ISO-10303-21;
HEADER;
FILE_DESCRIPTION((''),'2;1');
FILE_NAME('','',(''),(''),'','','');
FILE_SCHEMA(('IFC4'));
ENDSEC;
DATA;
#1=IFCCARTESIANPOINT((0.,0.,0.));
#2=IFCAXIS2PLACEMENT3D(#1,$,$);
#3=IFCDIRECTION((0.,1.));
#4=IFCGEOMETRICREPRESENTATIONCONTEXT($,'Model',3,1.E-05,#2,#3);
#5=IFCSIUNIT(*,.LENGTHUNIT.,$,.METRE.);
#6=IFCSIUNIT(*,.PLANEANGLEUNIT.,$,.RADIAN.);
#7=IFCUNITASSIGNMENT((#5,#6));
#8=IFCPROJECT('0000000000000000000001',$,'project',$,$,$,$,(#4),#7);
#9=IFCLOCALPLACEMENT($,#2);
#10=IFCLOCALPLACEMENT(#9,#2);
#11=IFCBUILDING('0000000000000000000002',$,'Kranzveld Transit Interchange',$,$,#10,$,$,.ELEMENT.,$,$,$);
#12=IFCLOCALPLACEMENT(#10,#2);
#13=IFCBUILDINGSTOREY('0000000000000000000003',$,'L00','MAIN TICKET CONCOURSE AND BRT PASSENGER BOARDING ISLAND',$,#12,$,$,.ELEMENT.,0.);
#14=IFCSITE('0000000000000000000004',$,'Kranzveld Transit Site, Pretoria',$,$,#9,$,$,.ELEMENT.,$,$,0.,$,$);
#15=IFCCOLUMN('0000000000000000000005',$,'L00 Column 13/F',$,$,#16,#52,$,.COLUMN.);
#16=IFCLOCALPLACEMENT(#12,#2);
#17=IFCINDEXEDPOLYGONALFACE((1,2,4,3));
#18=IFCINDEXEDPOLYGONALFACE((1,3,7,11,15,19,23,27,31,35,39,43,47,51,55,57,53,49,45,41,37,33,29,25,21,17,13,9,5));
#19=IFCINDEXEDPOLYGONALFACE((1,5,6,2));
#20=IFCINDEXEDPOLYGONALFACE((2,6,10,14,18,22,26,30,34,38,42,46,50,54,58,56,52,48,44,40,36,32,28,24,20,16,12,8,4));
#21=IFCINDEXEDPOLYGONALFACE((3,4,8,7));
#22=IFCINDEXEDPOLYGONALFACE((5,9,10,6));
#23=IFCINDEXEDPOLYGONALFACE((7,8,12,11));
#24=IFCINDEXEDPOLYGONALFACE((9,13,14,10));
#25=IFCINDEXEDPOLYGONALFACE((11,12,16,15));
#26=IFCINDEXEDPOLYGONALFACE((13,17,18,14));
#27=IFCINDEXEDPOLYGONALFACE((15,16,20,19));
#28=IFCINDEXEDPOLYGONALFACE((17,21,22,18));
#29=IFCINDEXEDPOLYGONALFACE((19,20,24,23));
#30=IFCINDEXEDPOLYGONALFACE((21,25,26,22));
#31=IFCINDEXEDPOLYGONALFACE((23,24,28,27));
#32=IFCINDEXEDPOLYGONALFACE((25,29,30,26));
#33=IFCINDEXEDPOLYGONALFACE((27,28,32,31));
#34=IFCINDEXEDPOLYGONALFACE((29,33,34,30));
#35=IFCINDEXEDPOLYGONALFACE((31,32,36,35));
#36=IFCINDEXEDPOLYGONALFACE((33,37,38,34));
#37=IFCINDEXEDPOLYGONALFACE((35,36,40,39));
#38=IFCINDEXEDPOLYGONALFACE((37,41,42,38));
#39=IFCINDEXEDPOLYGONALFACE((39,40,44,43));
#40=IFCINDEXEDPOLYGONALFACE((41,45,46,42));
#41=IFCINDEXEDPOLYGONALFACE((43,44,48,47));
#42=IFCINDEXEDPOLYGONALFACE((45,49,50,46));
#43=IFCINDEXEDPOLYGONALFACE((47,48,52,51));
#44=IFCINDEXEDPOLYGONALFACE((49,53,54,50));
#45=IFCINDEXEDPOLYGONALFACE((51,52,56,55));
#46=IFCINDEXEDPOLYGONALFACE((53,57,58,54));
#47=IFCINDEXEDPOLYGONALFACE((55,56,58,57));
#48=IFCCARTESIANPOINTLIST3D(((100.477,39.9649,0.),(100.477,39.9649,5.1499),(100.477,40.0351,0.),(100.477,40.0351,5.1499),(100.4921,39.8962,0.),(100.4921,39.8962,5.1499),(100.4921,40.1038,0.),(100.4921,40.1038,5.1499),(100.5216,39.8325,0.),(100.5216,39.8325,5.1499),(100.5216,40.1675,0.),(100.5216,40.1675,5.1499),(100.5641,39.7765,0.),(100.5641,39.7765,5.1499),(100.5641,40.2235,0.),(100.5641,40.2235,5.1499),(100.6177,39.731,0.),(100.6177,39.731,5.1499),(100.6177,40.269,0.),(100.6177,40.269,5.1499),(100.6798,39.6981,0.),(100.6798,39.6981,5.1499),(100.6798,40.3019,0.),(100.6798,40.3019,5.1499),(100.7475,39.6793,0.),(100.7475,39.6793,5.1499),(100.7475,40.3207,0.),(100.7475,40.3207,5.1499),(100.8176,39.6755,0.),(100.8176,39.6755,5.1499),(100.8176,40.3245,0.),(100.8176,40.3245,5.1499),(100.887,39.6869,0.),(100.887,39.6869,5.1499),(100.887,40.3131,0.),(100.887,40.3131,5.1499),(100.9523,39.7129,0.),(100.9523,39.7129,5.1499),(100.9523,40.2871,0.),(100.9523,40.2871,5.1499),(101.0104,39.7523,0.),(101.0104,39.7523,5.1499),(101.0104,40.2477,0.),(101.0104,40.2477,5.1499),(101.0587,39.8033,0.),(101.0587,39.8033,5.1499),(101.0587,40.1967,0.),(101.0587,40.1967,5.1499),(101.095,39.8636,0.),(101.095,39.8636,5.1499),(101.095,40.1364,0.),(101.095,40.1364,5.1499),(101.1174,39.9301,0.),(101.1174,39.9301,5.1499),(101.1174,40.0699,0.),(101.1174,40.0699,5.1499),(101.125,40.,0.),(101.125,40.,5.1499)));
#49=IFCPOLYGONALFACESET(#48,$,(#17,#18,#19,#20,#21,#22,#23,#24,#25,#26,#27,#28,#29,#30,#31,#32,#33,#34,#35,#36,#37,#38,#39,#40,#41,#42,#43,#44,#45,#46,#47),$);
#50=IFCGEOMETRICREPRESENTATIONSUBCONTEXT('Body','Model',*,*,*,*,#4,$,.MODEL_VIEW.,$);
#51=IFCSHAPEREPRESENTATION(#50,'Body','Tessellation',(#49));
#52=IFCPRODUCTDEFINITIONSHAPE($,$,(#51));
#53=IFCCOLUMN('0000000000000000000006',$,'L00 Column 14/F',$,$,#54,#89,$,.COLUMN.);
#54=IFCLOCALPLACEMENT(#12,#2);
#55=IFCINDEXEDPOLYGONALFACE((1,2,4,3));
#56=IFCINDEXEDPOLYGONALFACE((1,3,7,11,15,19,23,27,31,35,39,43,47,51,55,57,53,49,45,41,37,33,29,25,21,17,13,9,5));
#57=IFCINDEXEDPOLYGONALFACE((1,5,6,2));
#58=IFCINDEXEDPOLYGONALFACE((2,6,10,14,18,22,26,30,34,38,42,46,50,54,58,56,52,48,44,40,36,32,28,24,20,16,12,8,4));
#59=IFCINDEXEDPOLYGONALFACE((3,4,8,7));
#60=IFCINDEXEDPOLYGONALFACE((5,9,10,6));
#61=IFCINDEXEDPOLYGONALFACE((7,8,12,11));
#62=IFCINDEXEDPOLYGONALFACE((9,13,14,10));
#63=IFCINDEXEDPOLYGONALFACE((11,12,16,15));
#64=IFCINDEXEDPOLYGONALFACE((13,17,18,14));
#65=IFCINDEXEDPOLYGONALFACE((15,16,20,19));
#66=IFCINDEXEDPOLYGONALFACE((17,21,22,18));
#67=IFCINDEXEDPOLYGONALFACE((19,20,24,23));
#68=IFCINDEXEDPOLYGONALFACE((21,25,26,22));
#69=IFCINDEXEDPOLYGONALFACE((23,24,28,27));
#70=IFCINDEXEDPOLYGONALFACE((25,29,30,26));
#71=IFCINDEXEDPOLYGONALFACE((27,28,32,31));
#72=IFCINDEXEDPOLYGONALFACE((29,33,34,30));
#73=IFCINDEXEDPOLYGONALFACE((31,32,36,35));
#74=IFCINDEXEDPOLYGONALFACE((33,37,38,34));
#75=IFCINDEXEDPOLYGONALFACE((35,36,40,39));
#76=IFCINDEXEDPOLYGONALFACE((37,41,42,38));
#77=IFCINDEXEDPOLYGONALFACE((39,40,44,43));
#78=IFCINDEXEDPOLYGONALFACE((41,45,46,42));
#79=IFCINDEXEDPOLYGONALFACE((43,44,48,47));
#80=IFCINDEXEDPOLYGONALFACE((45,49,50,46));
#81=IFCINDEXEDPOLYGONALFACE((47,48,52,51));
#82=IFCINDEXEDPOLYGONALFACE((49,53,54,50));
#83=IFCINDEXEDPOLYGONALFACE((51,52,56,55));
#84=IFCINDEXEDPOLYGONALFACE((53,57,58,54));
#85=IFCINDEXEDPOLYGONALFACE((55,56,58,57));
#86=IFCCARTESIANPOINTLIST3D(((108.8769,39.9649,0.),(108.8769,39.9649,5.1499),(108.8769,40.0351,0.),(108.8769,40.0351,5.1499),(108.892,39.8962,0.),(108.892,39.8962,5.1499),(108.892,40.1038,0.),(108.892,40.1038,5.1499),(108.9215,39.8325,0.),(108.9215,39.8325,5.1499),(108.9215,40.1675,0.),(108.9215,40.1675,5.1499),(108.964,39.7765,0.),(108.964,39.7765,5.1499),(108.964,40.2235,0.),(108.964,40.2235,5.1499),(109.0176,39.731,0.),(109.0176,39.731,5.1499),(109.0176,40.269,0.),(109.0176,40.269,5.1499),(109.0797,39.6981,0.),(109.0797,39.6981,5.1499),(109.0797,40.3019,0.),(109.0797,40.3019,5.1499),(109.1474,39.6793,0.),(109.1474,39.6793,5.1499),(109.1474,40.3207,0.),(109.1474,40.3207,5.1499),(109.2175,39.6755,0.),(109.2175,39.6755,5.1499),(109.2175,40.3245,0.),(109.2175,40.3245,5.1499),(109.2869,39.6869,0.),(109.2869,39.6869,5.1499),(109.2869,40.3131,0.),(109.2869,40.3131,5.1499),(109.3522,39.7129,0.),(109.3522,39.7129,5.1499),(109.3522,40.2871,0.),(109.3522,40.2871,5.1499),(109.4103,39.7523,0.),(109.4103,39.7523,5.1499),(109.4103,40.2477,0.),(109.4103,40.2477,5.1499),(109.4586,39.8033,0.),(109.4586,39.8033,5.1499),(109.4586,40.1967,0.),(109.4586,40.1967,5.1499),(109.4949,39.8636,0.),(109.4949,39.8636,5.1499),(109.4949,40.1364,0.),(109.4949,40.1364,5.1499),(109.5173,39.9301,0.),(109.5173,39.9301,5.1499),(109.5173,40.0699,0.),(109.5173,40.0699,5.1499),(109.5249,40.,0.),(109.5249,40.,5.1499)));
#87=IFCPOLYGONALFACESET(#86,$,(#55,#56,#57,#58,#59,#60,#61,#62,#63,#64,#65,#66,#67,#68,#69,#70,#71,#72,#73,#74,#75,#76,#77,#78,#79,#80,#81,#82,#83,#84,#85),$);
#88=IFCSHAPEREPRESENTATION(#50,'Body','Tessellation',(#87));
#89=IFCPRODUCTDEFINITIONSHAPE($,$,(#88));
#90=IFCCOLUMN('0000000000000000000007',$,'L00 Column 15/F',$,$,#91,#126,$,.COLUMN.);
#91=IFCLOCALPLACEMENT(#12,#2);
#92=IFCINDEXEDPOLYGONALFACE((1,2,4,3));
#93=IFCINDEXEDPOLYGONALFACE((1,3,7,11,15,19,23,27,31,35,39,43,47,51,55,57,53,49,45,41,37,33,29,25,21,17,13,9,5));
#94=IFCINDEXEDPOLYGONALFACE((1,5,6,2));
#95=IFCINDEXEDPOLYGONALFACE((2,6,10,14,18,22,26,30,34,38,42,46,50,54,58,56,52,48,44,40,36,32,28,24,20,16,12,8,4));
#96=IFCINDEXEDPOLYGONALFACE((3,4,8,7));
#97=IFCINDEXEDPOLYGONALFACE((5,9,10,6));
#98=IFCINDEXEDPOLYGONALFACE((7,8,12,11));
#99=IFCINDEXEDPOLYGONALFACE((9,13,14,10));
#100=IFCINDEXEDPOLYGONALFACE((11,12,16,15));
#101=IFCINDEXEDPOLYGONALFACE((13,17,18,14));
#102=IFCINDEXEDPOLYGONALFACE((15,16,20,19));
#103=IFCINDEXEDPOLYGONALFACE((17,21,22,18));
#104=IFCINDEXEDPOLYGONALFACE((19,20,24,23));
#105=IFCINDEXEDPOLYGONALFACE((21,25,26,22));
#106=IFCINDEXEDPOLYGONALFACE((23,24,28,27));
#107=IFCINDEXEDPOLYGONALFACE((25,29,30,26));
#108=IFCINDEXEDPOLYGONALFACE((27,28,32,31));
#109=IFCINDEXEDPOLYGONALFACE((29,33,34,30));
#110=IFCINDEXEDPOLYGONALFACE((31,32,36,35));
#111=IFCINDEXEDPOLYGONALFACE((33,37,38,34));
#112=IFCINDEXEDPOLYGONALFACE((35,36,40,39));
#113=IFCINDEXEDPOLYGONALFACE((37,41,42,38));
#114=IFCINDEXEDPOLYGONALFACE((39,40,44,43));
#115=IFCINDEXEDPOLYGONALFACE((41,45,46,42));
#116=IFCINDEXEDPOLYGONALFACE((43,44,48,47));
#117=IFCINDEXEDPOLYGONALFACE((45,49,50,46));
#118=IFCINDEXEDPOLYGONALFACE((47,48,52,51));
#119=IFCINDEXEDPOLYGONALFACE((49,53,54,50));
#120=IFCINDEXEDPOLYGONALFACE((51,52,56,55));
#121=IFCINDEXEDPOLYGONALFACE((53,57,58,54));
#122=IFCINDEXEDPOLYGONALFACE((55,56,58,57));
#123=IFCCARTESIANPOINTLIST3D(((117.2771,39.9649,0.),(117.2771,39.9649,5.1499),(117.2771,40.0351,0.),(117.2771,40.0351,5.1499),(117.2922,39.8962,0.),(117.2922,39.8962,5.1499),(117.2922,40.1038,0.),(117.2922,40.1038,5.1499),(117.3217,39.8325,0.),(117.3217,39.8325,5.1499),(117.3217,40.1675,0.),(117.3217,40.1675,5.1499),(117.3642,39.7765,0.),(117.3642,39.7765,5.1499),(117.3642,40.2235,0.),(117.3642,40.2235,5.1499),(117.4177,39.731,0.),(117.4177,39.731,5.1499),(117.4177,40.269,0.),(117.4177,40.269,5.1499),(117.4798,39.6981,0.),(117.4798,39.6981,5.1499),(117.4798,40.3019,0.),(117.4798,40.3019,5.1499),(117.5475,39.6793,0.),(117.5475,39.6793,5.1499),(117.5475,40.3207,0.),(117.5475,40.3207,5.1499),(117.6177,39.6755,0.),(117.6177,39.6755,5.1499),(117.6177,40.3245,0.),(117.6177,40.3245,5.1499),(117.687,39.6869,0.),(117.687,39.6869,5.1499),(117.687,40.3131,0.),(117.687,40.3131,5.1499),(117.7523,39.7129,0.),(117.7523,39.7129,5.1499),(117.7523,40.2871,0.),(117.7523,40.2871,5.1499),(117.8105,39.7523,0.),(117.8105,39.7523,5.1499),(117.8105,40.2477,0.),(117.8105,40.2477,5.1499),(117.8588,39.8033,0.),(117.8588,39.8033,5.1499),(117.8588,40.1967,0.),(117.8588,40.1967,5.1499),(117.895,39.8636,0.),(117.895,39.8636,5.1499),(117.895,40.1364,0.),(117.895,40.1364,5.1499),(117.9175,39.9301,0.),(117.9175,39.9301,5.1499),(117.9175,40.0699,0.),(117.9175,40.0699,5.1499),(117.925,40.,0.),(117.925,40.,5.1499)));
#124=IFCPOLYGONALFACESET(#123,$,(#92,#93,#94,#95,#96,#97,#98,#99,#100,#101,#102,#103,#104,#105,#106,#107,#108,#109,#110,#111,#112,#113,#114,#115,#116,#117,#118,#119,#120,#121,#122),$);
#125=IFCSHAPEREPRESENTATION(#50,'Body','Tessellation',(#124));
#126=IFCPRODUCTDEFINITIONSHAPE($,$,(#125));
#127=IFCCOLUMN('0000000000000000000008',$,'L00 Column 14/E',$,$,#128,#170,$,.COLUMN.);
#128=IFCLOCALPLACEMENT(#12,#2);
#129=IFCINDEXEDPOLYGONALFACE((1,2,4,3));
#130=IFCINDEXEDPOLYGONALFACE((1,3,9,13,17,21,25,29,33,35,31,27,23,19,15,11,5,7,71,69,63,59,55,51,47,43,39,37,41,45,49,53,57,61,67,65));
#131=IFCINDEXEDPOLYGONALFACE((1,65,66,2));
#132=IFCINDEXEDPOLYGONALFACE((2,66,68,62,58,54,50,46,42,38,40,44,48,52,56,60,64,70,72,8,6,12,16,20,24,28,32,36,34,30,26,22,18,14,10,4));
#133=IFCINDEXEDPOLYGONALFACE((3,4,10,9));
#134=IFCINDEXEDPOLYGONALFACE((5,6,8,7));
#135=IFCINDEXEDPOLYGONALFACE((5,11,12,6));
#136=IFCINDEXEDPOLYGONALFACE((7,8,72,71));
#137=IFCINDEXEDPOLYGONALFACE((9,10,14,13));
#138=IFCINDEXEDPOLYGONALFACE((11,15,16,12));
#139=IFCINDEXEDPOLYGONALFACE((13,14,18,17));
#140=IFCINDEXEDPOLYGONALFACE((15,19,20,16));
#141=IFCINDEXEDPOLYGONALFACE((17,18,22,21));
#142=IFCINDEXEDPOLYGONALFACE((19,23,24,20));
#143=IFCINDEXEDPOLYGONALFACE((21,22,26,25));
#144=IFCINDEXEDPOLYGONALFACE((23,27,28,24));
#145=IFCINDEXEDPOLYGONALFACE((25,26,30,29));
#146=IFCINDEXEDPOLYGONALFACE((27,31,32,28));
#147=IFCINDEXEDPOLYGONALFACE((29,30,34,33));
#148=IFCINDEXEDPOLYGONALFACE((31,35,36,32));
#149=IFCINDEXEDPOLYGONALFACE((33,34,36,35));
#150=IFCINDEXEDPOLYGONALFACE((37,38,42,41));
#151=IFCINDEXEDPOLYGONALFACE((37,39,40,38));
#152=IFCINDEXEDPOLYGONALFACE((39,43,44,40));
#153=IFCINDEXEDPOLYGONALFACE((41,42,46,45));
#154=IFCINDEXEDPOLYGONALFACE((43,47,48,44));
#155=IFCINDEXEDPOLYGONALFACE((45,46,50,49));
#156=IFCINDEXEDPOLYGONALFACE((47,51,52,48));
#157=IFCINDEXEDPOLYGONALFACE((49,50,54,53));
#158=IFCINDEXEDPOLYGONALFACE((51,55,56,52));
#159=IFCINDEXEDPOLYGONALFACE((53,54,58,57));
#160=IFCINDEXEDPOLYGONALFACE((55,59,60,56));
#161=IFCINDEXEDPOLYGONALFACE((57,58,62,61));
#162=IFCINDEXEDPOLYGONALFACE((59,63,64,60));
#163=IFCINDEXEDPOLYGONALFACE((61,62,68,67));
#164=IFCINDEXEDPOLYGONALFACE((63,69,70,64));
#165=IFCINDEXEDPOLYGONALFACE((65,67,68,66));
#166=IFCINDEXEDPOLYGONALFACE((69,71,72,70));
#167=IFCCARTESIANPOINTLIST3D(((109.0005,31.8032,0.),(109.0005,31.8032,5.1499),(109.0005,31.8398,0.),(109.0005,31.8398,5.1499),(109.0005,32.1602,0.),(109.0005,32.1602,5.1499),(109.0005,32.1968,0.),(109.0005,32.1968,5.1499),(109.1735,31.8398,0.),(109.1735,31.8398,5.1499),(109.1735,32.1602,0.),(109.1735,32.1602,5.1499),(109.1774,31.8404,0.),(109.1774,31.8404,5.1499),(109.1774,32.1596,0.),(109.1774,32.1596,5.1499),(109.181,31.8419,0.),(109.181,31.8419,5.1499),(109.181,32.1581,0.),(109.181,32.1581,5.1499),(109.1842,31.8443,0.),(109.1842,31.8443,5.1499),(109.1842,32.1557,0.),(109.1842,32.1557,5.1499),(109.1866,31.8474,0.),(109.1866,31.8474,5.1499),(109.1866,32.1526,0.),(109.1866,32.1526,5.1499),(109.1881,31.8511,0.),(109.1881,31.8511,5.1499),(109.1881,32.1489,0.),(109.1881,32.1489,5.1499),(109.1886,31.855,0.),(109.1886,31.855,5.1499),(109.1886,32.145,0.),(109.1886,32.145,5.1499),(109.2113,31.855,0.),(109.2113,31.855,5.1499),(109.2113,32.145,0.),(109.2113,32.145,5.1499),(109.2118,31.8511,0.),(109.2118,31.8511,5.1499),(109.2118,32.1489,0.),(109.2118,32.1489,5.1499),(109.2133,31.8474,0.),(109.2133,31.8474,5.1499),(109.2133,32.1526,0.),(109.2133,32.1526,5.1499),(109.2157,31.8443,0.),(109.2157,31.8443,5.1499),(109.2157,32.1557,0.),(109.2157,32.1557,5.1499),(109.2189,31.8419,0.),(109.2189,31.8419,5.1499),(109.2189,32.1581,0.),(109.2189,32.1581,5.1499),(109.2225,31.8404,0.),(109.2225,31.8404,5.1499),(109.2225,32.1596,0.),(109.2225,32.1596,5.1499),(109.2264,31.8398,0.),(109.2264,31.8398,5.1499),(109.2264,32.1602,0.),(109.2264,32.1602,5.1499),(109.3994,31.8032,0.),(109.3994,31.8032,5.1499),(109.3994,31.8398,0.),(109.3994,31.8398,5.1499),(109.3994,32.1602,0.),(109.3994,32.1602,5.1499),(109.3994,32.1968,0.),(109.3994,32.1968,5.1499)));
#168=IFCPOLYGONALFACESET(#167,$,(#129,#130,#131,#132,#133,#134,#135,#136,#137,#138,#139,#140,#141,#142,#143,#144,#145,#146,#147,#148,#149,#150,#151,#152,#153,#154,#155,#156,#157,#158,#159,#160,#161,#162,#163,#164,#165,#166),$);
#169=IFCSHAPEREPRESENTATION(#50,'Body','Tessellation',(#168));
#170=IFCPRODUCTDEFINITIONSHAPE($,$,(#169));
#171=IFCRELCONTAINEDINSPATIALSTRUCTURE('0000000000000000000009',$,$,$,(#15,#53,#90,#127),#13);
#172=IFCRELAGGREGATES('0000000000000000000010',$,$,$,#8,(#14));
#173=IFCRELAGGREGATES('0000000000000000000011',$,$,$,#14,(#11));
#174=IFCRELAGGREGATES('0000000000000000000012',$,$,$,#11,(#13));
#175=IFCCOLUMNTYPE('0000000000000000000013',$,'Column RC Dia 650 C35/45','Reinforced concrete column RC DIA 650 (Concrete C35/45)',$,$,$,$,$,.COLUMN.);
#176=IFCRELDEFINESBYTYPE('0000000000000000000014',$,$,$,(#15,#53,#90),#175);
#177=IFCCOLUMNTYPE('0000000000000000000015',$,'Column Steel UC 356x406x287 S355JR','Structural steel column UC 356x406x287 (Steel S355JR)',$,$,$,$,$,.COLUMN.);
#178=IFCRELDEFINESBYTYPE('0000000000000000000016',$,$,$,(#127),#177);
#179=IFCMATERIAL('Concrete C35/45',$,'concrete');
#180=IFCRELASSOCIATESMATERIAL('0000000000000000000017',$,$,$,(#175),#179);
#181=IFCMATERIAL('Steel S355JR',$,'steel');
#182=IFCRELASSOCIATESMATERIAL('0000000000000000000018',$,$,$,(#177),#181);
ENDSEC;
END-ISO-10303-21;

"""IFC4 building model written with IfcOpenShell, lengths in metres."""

from ifc_helpers import new_model, si_unit, direction, frame, origin, origin_2d, place, context, subcontext, project, spatial, circle, i_section, extrude, material, material_profile, profile_set, type_object, element, save


model = new_model("IFC4")

# Units and contexts
model_context = context("Model", 3, precision=1e-05, world=origin(), true_north=direction((0.0, 1.0)))
body_context = subcontext(model_context, "Body", "Model", "MODEL_VIEW")
ifc_project = project(units=[si_unit("LENGTHUNIT", "METRE"), si_unit("PLANEANGLEUNIT", "RADIAN")], contexts=[model_context])

# Site, building, storey
site_placement = place(None, origin())
site = spatial("IfcSite", under=ifc_project, at=site_placement, Name="Kranzveld Transit Site, Pretoria", CompositionType="ELEMENT", RefElevation=0.0)
building_placement = place(site_placement, origin())
building = spatial("IfcBuilding", under=site, at=building_placement, Name="Kranzveld Transit Interchange", CompositionType="ELEMENT")
storey_placement = place(building_placement, origin())
storey = spatial("IfcBuildingStorey", under=building, at=storey_placement, Name="L00", Description="MAIN TICKET CONCOURSE AND BRT PASSENGER BOARDING ISLAND", CompositionType="ELEMENT", Elevation=0.0)

# Columns
ifc_material_1 = material(Name="Concrete C35/45", Category="concrete")
ifc_material_profile_1 = material_profile(ifc_material_1, circle(Radius=0.325, at=origin_2d()), Name="RC DIA 650")
ifc_profile_set_1 = profile_set([ifc_material_profile_1], Name="Concrete C35/45")
column_type_1 = type_object("IfcColumnType", Name="Column RC Dia 650 C35/45", Description="Reinforced concrete column RC DIA 650 (Concrete C35/45)", PredefinedType="COLUMN", material=ifc_profile_set_1)
for number, where, z_axis, x_axis, name in (
    (1, (100.8, 40.0, 0.0), (0.0, 0.0, 1.0), (1.0, 0.0, 0.0), "L00 Column 13/F"),
    (2, (109.2, 40.0, 0.0), (0.0, 0.0, 1.0), (1.0, 0.0, 0.0), "L00 Column 14/F"),
    (3, (117.6001, 40.0, 0.0), (0.0, 0.0, 1.0), (1.0, 0.0, 0.0), "L00 Column 15/F"),
):
    element("IfcColumn", number, at=place(storey_placement, frame(where, z_axis=z_axis, x_axis=x_axis)), inside=storey, type_object=column_type_1, Name=name, PredefinedType="COLUMN", context=body_context, shape_type="SweptSolid", body=[
        extrude(circle(Radius=0.325, at=origin_2d()), origin(), (0.0, 0.0, 1.0), 5.1499),
    ])
ifc_material_2 = material(Name="Steel S355JR", Category="steel")
ifc_material_profile_2 = material_profile(ifc_material_2, i_section(OverallWidth=0.3989, OverallDepth=0.3936, WebThickness=0.0227, FlangeThickness=0.0366, FilletRadius=0.0151, at=origin_2d()), Name="UC 356x406x287")
ifc_profile_set_2 = profile_set([ifc_material_profile_2], Name="Steel S355JR")
column_type_2 = type_object("IfcColumnType", Name="Column Steel UC 356x406x287 S355JR", Description="Structural steel column UC 356x406x287 (Steel S355JR)", PredefinedType="COLUMN", material=ifc_profile_set_2)
for number, where, z_axis, x_axis, name in (
    (4, (109.2, 32.0, 0.0), (0.0, 0.0, 1.0), (1.0, 0.0, 0.0), "L00 Column 14/E"),
):
    element("IfcColumn", number, at=place(storey_placement, frame(where, z_axis=z_axis, x_axis=x_axis)), inside=storey, type_object=column_type_2, Name=name, PredefinedType="COLUMN", context=body_context, shape_type="SweptSolid", body=[
        extrude(i_section(OverallWidth=0.3989, OverallDepth=0.3936, WebThickness=0.0227, FlangeThickness=0.0366, FilletRadius=0.0151, at=origin_2d()), origin(), (0.0, 0.0, 1.0), 5.1499),
    ])

save(model, "model.ifc")
